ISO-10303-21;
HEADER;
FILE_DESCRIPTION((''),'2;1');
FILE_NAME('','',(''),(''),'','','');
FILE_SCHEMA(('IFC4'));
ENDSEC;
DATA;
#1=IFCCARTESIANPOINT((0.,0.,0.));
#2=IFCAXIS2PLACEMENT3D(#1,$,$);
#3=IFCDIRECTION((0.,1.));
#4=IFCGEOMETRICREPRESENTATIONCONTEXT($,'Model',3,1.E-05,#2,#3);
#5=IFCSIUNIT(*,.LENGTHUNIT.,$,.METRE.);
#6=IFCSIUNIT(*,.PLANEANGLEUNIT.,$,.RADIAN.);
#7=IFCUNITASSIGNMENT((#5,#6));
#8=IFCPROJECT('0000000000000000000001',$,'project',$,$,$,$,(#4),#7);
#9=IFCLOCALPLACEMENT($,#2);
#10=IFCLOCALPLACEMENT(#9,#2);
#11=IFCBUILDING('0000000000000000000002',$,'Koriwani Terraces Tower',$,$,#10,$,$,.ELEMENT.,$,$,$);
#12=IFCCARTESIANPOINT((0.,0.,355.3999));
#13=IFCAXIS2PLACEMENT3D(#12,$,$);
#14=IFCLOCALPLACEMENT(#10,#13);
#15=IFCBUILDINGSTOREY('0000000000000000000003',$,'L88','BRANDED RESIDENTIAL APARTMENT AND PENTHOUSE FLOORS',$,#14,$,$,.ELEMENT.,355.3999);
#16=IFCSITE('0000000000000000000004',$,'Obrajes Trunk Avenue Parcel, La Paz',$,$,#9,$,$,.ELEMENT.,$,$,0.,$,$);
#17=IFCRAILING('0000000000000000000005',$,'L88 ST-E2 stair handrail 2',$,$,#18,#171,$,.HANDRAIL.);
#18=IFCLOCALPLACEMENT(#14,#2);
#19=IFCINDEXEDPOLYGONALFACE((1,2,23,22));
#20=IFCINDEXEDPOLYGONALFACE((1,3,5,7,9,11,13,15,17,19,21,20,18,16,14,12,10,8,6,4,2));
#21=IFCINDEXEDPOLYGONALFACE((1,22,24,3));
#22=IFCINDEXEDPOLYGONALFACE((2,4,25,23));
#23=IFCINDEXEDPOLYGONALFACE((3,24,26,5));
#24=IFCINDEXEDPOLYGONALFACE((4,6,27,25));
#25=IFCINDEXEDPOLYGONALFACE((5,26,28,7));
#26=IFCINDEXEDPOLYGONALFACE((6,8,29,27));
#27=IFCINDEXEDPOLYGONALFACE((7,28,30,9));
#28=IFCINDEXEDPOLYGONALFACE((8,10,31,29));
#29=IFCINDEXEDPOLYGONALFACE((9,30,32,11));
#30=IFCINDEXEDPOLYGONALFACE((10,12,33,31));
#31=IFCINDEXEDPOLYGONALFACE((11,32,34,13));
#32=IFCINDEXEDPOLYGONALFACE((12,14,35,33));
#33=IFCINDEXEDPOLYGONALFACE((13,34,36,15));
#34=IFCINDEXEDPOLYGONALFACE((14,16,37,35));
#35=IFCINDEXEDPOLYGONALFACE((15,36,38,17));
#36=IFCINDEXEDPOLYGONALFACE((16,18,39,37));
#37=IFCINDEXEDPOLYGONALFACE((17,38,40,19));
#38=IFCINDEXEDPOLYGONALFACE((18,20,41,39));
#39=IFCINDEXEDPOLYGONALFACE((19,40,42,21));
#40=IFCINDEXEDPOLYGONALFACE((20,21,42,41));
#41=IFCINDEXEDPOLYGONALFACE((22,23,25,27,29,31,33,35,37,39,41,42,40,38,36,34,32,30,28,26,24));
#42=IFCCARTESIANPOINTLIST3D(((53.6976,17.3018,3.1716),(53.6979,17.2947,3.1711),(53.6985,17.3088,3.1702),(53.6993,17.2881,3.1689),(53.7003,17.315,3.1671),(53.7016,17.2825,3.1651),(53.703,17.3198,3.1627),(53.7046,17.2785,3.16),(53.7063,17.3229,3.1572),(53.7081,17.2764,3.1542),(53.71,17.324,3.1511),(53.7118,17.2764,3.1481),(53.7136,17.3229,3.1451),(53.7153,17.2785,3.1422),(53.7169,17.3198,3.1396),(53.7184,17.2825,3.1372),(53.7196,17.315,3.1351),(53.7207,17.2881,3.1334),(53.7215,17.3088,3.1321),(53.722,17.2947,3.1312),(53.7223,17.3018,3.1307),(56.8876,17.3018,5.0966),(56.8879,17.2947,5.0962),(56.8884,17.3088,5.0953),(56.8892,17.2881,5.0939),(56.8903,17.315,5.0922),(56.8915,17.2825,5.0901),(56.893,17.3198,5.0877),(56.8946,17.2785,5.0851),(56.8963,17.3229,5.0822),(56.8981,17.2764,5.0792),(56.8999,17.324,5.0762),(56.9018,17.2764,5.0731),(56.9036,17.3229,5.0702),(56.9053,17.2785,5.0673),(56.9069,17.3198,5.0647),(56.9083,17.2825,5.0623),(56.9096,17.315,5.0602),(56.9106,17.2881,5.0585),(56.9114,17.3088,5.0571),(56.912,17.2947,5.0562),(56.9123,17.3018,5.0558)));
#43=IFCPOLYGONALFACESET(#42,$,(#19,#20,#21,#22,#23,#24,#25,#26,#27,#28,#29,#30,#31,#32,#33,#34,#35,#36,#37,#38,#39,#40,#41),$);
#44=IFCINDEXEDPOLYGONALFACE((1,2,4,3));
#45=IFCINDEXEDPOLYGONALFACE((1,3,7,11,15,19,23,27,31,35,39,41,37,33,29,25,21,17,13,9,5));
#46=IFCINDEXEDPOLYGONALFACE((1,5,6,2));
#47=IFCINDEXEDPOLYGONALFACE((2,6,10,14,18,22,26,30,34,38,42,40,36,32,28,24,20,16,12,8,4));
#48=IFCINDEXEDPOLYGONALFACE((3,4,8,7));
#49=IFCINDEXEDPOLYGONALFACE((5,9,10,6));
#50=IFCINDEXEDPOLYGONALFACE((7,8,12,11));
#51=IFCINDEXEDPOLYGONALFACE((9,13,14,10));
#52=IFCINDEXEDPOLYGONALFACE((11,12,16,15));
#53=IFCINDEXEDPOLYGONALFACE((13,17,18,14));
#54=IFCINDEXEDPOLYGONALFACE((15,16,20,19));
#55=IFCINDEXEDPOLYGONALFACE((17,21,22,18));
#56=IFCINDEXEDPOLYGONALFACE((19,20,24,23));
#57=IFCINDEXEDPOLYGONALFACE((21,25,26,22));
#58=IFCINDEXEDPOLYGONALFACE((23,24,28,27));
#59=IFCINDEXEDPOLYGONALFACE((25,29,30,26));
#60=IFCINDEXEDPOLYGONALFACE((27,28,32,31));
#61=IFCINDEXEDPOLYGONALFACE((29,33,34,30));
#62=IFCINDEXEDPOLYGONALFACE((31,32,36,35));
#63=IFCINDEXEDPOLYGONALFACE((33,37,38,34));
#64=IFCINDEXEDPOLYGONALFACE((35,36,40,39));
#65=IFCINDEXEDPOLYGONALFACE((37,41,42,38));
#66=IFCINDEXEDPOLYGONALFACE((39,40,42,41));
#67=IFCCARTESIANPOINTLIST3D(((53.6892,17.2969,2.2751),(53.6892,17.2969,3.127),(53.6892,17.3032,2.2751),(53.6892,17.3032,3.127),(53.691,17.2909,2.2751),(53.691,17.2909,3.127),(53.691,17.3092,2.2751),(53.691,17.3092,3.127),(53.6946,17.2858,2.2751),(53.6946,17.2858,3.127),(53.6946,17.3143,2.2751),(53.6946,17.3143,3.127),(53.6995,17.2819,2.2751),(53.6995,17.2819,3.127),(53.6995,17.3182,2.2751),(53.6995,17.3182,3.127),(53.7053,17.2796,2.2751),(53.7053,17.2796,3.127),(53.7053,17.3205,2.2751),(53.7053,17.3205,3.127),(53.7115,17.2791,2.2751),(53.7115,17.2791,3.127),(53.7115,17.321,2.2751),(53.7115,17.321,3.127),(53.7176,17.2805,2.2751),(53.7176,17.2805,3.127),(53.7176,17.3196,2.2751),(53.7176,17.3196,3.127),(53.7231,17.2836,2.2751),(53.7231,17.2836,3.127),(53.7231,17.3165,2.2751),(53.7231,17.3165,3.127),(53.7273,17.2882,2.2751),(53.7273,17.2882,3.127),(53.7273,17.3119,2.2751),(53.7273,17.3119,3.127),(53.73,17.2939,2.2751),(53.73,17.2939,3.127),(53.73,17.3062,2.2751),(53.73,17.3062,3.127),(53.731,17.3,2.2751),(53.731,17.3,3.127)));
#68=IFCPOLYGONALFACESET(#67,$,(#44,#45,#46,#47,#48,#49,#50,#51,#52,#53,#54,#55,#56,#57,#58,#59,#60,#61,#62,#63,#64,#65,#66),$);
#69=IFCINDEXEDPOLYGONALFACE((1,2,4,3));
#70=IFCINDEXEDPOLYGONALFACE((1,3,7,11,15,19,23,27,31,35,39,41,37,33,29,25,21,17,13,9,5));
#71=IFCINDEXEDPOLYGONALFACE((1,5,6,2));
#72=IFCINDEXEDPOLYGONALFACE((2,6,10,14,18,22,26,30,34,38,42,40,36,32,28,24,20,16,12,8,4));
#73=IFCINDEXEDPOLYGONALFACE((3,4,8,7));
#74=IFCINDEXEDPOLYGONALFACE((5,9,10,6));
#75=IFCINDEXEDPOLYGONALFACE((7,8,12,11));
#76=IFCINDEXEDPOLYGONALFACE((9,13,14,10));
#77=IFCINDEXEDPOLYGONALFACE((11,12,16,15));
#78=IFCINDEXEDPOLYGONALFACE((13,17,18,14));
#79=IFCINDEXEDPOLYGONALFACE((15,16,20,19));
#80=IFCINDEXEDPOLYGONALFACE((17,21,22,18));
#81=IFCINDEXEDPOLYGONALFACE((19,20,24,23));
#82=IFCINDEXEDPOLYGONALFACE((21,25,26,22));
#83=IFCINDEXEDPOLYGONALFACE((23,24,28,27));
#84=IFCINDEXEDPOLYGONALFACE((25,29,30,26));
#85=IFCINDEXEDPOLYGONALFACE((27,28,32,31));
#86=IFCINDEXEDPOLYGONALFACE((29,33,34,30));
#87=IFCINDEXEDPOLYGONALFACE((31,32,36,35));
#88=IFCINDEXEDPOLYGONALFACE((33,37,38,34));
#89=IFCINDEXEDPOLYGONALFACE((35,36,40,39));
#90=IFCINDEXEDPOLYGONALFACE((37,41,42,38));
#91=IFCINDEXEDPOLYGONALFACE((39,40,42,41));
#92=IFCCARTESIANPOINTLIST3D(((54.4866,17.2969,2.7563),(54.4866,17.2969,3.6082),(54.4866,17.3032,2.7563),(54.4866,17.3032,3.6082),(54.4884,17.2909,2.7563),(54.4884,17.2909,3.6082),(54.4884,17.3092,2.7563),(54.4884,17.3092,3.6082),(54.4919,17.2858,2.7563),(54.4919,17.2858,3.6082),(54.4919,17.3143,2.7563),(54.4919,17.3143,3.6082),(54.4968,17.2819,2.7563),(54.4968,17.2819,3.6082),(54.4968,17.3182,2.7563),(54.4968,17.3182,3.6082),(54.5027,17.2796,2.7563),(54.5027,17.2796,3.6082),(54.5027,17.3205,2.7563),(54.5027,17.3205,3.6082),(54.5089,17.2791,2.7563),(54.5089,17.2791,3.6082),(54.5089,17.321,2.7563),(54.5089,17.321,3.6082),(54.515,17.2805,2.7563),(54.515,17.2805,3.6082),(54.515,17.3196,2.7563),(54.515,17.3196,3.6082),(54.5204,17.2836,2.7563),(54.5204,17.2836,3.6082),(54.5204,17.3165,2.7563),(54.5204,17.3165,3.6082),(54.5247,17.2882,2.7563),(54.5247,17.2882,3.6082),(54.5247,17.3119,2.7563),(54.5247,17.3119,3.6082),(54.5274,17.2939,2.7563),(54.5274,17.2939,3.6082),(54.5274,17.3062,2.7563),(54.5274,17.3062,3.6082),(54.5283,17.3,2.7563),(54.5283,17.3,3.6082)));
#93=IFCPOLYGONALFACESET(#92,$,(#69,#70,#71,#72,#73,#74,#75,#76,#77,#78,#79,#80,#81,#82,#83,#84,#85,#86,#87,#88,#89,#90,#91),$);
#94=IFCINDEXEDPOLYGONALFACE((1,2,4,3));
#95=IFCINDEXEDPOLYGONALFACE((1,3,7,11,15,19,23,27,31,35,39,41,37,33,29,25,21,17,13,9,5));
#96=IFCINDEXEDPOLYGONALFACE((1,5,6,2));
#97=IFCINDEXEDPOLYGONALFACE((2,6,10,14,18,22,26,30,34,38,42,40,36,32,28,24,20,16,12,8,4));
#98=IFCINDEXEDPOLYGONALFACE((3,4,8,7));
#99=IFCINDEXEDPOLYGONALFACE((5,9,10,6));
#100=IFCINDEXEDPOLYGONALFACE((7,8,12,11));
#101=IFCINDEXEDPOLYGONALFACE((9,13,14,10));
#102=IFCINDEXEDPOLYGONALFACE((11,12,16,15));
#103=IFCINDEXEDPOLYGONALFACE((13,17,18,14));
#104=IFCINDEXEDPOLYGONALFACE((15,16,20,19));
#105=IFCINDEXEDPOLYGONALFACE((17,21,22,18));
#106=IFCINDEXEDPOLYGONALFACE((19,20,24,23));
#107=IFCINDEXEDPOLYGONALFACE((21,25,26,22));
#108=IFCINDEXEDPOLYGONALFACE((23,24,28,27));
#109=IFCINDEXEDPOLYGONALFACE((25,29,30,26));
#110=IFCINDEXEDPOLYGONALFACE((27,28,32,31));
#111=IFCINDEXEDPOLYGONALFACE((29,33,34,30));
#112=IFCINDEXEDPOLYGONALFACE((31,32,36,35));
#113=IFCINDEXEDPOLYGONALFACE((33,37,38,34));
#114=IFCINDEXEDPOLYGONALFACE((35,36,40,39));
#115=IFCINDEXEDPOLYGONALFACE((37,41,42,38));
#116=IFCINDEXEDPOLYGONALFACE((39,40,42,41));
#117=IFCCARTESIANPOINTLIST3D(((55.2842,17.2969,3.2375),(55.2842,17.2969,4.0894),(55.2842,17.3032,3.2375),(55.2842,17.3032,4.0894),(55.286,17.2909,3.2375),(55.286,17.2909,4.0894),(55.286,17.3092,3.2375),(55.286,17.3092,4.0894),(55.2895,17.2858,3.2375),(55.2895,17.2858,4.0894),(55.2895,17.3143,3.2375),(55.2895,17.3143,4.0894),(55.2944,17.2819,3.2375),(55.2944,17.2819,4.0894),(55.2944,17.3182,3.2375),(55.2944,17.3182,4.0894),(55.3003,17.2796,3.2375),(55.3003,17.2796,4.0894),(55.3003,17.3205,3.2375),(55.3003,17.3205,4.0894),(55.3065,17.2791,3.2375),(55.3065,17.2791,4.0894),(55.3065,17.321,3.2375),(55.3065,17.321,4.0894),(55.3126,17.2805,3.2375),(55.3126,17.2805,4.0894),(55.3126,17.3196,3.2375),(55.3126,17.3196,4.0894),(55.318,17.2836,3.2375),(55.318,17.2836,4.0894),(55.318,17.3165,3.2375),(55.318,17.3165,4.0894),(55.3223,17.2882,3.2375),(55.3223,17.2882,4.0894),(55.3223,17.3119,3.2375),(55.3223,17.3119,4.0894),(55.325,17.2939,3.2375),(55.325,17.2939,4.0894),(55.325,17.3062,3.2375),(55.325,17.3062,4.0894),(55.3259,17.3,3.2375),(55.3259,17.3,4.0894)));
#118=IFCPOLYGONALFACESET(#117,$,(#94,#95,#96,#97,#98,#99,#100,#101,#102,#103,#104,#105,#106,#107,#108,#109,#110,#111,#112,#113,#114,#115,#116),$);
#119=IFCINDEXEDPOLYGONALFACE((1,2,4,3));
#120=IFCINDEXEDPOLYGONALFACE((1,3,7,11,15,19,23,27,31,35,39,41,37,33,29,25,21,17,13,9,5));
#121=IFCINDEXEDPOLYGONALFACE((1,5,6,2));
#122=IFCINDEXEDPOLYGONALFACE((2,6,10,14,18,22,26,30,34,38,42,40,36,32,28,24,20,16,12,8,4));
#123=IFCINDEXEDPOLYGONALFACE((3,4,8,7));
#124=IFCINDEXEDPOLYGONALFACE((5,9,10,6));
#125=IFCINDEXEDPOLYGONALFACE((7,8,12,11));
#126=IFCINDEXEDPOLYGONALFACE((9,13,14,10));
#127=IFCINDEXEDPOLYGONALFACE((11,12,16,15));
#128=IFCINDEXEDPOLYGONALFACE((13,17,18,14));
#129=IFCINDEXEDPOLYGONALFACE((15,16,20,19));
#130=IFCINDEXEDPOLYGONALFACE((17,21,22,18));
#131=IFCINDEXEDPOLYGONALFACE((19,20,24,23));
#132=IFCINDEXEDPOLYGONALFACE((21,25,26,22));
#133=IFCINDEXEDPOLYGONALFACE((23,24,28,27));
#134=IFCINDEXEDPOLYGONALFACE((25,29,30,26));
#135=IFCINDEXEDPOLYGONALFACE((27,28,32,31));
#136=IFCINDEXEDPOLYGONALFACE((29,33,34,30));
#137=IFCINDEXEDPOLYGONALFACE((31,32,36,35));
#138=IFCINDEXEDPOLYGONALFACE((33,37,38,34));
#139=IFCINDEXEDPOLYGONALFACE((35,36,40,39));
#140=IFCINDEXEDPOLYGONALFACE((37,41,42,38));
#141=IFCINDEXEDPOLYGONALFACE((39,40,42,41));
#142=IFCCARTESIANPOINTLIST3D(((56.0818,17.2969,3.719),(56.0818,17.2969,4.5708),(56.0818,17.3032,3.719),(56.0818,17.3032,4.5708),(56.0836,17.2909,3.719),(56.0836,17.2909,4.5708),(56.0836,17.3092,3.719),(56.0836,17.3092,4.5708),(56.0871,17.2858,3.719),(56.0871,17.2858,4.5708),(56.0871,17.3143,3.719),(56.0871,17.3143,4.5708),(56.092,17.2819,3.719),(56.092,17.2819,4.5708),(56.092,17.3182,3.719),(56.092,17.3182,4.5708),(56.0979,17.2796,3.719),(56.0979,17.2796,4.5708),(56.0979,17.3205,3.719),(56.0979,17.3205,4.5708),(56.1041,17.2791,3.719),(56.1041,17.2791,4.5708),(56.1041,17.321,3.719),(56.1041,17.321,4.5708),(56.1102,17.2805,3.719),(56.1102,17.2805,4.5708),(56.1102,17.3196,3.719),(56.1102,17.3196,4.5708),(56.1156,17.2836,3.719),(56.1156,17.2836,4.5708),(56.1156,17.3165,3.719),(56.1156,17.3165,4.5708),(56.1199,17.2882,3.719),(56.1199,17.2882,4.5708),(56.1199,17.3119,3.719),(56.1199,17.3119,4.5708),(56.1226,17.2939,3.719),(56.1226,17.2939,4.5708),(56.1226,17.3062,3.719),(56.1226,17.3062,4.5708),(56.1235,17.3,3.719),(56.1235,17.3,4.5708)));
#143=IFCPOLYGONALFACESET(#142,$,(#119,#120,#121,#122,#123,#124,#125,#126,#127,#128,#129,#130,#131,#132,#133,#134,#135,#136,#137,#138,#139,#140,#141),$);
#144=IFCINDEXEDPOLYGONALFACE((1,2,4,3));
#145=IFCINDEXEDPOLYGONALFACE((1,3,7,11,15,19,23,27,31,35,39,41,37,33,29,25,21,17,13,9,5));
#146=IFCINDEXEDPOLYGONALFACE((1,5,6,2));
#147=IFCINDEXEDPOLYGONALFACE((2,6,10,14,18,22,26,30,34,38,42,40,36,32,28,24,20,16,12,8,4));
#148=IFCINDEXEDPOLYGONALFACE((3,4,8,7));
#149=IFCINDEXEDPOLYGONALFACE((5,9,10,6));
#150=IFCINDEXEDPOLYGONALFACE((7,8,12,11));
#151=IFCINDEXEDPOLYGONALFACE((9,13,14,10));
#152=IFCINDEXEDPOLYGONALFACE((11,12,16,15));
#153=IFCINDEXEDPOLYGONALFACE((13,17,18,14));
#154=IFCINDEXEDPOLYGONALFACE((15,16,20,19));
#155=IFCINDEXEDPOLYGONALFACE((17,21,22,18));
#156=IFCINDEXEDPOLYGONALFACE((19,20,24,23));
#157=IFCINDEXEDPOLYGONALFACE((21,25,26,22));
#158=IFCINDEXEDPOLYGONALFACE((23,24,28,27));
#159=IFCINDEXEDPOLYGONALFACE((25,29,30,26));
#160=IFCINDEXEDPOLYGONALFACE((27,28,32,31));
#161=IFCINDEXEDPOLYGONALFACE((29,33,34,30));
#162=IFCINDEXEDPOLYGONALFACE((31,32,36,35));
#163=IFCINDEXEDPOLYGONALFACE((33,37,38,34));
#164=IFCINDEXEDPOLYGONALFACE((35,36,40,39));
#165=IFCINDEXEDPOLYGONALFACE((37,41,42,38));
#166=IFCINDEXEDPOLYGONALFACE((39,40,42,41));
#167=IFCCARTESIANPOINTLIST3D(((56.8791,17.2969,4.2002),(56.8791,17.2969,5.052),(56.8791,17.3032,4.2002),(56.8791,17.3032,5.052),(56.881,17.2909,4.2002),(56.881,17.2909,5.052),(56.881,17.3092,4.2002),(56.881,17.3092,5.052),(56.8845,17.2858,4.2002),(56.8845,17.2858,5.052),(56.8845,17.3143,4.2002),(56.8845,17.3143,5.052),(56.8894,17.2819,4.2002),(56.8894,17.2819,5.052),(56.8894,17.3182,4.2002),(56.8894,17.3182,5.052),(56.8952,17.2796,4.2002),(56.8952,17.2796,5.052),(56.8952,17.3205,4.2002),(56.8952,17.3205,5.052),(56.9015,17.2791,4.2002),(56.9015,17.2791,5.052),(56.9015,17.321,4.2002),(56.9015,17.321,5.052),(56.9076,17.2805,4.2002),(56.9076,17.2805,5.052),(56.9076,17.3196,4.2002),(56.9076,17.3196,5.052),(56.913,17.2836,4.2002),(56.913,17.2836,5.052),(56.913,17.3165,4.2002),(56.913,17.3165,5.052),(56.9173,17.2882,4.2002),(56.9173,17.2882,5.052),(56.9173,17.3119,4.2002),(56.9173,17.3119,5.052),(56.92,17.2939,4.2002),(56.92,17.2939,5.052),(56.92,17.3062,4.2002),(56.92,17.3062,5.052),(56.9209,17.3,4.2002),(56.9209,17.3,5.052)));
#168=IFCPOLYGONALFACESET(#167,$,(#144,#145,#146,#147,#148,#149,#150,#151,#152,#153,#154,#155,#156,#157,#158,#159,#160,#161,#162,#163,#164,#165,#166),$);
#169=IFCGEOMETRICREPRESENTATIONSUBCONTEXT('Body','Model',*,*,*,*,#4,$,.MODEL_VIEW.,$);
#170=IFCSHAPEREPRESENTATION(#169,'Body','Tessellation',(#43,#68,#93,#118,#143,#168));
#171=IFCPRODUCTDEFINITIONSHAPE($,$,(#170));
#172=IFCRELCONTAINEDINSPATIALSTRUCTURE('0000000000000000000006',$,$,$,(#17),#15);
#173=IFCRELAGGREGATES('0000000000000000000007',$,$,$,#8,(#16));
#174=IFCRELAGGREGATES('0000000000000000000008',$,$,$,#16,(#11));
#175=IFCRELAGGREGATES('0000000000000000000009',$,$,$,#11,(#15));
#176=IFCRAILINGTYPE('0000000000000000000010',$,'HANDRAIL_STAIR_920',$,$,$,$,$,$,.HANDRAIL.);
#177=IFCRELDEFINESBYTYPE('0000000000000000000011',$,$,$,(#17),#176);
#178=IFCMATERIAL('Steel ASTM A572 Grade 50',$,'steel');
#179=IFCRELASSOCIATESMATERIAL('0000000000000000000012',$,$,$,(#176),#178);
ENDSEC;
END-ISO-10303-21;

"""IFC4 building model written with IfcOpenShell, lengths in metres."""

from ifc_helpers import new_model, si_unit, direction, frame, origin, origin_2d, place, context, subcontext, project, spatial, circle, extrude, material, type_object, element, save


model = new_model("IFC4")

# Units and contexts
model_context = context("Model", 3, precision=1e-05, world=origin(), true_north=direction((0.0, 1.0)))
body_context = subcontext(model_context, "Body", "Model", "MODEL_VIEW")
ifc_project = project(units=[si_unit("LENGTHUNIT", "METRE"), si_unit("PLANEANGLEUNIT", "RADIAN")], contexts=[model_context])

# Site, building, storey
site_placement = place(None, origin())
site = spatial("IfcSite", under=ifc_project, at=site_placement, Name="Obrajes Trunk Avenue Parcel, La Paz", CompositionType="ELEMENT", RefElevation=0.0)
building_placement = place(site_placement, origin())
building = spatial("IfcBuilding", under=site, at=building_placement, Name="Koriwani Terraces Tower", CompositionType="ELEMENT")
storey_placement = place(building_placement, frame((0.0, 0.0, 355.3999)))
storey = spatial("IfcBuildingStorey", under=building, at=storey_placement, Name="L88", Description="BRANDED RESIDENTIAL APARTMENT AND PENTHOUSE FLOORS", CompositionType="ELEMENT", Elevation=355.3999)

# Shared definitions
ifc_material_1 = material(Name="Steel ASTM A572 Grade 50", Category="steel")

# Railing
railing_type_1 = type_object("IfcRailingType", Name="HANDRAIL_STAIR_920", PredefinedType="HANDRAIL", material=ifc_material_1)
railing_1_placement = place(storey_placement, frame((53.71, 17.3, 2.2751)))
element("IfcRailing", 1, at=railing_1_placement, inside=storey, type_object=railing_type_1, Name="L88 ST-E2 stair handrail 2", PredefinedType="HANDRAIL", context=body_context, shape_type="SweptSolid", body=[
    extrude(circle(Radius=0.0239, at=origin_2d()), frame((0.0, 0.0, 0.876), z_axis=(0.856178, 0.0, 0.516682), x_axis=(0.0, 1.0, 0.0)), (0.0, 0.0, 1.0), 3.7258),
    extrude(circle(Radius=0.021, at=origin_2d()), origin(), (0.0, 0.0, 1.0), 0.8518),
    extrude(circle(Radius=0.021, at=origin_2d()), frame((0.7974, 0.0, 0.4812)), (0.0, 0.0, 1.0), 0.8518),
    extrude(circle(Radius=0.021, at=origin_2d()), frame((1.595, 0.0, 0.9624)), (0.0, 0.0, 1.0), 0.8518),
    extrude(circle(Radius=0.021, at=origin_2d()), frame((2.3926, 0.0, 1.4438)), (0.0, 0.0, 1.0), 0.8518),
    extrude(circle(Radius=0.021, at=origin_2d()), frame((3.1899, 0.0, 1.925)), (0.0, 0.0, 1.0), 0.8518),
])

save(model, "model.ifc")
